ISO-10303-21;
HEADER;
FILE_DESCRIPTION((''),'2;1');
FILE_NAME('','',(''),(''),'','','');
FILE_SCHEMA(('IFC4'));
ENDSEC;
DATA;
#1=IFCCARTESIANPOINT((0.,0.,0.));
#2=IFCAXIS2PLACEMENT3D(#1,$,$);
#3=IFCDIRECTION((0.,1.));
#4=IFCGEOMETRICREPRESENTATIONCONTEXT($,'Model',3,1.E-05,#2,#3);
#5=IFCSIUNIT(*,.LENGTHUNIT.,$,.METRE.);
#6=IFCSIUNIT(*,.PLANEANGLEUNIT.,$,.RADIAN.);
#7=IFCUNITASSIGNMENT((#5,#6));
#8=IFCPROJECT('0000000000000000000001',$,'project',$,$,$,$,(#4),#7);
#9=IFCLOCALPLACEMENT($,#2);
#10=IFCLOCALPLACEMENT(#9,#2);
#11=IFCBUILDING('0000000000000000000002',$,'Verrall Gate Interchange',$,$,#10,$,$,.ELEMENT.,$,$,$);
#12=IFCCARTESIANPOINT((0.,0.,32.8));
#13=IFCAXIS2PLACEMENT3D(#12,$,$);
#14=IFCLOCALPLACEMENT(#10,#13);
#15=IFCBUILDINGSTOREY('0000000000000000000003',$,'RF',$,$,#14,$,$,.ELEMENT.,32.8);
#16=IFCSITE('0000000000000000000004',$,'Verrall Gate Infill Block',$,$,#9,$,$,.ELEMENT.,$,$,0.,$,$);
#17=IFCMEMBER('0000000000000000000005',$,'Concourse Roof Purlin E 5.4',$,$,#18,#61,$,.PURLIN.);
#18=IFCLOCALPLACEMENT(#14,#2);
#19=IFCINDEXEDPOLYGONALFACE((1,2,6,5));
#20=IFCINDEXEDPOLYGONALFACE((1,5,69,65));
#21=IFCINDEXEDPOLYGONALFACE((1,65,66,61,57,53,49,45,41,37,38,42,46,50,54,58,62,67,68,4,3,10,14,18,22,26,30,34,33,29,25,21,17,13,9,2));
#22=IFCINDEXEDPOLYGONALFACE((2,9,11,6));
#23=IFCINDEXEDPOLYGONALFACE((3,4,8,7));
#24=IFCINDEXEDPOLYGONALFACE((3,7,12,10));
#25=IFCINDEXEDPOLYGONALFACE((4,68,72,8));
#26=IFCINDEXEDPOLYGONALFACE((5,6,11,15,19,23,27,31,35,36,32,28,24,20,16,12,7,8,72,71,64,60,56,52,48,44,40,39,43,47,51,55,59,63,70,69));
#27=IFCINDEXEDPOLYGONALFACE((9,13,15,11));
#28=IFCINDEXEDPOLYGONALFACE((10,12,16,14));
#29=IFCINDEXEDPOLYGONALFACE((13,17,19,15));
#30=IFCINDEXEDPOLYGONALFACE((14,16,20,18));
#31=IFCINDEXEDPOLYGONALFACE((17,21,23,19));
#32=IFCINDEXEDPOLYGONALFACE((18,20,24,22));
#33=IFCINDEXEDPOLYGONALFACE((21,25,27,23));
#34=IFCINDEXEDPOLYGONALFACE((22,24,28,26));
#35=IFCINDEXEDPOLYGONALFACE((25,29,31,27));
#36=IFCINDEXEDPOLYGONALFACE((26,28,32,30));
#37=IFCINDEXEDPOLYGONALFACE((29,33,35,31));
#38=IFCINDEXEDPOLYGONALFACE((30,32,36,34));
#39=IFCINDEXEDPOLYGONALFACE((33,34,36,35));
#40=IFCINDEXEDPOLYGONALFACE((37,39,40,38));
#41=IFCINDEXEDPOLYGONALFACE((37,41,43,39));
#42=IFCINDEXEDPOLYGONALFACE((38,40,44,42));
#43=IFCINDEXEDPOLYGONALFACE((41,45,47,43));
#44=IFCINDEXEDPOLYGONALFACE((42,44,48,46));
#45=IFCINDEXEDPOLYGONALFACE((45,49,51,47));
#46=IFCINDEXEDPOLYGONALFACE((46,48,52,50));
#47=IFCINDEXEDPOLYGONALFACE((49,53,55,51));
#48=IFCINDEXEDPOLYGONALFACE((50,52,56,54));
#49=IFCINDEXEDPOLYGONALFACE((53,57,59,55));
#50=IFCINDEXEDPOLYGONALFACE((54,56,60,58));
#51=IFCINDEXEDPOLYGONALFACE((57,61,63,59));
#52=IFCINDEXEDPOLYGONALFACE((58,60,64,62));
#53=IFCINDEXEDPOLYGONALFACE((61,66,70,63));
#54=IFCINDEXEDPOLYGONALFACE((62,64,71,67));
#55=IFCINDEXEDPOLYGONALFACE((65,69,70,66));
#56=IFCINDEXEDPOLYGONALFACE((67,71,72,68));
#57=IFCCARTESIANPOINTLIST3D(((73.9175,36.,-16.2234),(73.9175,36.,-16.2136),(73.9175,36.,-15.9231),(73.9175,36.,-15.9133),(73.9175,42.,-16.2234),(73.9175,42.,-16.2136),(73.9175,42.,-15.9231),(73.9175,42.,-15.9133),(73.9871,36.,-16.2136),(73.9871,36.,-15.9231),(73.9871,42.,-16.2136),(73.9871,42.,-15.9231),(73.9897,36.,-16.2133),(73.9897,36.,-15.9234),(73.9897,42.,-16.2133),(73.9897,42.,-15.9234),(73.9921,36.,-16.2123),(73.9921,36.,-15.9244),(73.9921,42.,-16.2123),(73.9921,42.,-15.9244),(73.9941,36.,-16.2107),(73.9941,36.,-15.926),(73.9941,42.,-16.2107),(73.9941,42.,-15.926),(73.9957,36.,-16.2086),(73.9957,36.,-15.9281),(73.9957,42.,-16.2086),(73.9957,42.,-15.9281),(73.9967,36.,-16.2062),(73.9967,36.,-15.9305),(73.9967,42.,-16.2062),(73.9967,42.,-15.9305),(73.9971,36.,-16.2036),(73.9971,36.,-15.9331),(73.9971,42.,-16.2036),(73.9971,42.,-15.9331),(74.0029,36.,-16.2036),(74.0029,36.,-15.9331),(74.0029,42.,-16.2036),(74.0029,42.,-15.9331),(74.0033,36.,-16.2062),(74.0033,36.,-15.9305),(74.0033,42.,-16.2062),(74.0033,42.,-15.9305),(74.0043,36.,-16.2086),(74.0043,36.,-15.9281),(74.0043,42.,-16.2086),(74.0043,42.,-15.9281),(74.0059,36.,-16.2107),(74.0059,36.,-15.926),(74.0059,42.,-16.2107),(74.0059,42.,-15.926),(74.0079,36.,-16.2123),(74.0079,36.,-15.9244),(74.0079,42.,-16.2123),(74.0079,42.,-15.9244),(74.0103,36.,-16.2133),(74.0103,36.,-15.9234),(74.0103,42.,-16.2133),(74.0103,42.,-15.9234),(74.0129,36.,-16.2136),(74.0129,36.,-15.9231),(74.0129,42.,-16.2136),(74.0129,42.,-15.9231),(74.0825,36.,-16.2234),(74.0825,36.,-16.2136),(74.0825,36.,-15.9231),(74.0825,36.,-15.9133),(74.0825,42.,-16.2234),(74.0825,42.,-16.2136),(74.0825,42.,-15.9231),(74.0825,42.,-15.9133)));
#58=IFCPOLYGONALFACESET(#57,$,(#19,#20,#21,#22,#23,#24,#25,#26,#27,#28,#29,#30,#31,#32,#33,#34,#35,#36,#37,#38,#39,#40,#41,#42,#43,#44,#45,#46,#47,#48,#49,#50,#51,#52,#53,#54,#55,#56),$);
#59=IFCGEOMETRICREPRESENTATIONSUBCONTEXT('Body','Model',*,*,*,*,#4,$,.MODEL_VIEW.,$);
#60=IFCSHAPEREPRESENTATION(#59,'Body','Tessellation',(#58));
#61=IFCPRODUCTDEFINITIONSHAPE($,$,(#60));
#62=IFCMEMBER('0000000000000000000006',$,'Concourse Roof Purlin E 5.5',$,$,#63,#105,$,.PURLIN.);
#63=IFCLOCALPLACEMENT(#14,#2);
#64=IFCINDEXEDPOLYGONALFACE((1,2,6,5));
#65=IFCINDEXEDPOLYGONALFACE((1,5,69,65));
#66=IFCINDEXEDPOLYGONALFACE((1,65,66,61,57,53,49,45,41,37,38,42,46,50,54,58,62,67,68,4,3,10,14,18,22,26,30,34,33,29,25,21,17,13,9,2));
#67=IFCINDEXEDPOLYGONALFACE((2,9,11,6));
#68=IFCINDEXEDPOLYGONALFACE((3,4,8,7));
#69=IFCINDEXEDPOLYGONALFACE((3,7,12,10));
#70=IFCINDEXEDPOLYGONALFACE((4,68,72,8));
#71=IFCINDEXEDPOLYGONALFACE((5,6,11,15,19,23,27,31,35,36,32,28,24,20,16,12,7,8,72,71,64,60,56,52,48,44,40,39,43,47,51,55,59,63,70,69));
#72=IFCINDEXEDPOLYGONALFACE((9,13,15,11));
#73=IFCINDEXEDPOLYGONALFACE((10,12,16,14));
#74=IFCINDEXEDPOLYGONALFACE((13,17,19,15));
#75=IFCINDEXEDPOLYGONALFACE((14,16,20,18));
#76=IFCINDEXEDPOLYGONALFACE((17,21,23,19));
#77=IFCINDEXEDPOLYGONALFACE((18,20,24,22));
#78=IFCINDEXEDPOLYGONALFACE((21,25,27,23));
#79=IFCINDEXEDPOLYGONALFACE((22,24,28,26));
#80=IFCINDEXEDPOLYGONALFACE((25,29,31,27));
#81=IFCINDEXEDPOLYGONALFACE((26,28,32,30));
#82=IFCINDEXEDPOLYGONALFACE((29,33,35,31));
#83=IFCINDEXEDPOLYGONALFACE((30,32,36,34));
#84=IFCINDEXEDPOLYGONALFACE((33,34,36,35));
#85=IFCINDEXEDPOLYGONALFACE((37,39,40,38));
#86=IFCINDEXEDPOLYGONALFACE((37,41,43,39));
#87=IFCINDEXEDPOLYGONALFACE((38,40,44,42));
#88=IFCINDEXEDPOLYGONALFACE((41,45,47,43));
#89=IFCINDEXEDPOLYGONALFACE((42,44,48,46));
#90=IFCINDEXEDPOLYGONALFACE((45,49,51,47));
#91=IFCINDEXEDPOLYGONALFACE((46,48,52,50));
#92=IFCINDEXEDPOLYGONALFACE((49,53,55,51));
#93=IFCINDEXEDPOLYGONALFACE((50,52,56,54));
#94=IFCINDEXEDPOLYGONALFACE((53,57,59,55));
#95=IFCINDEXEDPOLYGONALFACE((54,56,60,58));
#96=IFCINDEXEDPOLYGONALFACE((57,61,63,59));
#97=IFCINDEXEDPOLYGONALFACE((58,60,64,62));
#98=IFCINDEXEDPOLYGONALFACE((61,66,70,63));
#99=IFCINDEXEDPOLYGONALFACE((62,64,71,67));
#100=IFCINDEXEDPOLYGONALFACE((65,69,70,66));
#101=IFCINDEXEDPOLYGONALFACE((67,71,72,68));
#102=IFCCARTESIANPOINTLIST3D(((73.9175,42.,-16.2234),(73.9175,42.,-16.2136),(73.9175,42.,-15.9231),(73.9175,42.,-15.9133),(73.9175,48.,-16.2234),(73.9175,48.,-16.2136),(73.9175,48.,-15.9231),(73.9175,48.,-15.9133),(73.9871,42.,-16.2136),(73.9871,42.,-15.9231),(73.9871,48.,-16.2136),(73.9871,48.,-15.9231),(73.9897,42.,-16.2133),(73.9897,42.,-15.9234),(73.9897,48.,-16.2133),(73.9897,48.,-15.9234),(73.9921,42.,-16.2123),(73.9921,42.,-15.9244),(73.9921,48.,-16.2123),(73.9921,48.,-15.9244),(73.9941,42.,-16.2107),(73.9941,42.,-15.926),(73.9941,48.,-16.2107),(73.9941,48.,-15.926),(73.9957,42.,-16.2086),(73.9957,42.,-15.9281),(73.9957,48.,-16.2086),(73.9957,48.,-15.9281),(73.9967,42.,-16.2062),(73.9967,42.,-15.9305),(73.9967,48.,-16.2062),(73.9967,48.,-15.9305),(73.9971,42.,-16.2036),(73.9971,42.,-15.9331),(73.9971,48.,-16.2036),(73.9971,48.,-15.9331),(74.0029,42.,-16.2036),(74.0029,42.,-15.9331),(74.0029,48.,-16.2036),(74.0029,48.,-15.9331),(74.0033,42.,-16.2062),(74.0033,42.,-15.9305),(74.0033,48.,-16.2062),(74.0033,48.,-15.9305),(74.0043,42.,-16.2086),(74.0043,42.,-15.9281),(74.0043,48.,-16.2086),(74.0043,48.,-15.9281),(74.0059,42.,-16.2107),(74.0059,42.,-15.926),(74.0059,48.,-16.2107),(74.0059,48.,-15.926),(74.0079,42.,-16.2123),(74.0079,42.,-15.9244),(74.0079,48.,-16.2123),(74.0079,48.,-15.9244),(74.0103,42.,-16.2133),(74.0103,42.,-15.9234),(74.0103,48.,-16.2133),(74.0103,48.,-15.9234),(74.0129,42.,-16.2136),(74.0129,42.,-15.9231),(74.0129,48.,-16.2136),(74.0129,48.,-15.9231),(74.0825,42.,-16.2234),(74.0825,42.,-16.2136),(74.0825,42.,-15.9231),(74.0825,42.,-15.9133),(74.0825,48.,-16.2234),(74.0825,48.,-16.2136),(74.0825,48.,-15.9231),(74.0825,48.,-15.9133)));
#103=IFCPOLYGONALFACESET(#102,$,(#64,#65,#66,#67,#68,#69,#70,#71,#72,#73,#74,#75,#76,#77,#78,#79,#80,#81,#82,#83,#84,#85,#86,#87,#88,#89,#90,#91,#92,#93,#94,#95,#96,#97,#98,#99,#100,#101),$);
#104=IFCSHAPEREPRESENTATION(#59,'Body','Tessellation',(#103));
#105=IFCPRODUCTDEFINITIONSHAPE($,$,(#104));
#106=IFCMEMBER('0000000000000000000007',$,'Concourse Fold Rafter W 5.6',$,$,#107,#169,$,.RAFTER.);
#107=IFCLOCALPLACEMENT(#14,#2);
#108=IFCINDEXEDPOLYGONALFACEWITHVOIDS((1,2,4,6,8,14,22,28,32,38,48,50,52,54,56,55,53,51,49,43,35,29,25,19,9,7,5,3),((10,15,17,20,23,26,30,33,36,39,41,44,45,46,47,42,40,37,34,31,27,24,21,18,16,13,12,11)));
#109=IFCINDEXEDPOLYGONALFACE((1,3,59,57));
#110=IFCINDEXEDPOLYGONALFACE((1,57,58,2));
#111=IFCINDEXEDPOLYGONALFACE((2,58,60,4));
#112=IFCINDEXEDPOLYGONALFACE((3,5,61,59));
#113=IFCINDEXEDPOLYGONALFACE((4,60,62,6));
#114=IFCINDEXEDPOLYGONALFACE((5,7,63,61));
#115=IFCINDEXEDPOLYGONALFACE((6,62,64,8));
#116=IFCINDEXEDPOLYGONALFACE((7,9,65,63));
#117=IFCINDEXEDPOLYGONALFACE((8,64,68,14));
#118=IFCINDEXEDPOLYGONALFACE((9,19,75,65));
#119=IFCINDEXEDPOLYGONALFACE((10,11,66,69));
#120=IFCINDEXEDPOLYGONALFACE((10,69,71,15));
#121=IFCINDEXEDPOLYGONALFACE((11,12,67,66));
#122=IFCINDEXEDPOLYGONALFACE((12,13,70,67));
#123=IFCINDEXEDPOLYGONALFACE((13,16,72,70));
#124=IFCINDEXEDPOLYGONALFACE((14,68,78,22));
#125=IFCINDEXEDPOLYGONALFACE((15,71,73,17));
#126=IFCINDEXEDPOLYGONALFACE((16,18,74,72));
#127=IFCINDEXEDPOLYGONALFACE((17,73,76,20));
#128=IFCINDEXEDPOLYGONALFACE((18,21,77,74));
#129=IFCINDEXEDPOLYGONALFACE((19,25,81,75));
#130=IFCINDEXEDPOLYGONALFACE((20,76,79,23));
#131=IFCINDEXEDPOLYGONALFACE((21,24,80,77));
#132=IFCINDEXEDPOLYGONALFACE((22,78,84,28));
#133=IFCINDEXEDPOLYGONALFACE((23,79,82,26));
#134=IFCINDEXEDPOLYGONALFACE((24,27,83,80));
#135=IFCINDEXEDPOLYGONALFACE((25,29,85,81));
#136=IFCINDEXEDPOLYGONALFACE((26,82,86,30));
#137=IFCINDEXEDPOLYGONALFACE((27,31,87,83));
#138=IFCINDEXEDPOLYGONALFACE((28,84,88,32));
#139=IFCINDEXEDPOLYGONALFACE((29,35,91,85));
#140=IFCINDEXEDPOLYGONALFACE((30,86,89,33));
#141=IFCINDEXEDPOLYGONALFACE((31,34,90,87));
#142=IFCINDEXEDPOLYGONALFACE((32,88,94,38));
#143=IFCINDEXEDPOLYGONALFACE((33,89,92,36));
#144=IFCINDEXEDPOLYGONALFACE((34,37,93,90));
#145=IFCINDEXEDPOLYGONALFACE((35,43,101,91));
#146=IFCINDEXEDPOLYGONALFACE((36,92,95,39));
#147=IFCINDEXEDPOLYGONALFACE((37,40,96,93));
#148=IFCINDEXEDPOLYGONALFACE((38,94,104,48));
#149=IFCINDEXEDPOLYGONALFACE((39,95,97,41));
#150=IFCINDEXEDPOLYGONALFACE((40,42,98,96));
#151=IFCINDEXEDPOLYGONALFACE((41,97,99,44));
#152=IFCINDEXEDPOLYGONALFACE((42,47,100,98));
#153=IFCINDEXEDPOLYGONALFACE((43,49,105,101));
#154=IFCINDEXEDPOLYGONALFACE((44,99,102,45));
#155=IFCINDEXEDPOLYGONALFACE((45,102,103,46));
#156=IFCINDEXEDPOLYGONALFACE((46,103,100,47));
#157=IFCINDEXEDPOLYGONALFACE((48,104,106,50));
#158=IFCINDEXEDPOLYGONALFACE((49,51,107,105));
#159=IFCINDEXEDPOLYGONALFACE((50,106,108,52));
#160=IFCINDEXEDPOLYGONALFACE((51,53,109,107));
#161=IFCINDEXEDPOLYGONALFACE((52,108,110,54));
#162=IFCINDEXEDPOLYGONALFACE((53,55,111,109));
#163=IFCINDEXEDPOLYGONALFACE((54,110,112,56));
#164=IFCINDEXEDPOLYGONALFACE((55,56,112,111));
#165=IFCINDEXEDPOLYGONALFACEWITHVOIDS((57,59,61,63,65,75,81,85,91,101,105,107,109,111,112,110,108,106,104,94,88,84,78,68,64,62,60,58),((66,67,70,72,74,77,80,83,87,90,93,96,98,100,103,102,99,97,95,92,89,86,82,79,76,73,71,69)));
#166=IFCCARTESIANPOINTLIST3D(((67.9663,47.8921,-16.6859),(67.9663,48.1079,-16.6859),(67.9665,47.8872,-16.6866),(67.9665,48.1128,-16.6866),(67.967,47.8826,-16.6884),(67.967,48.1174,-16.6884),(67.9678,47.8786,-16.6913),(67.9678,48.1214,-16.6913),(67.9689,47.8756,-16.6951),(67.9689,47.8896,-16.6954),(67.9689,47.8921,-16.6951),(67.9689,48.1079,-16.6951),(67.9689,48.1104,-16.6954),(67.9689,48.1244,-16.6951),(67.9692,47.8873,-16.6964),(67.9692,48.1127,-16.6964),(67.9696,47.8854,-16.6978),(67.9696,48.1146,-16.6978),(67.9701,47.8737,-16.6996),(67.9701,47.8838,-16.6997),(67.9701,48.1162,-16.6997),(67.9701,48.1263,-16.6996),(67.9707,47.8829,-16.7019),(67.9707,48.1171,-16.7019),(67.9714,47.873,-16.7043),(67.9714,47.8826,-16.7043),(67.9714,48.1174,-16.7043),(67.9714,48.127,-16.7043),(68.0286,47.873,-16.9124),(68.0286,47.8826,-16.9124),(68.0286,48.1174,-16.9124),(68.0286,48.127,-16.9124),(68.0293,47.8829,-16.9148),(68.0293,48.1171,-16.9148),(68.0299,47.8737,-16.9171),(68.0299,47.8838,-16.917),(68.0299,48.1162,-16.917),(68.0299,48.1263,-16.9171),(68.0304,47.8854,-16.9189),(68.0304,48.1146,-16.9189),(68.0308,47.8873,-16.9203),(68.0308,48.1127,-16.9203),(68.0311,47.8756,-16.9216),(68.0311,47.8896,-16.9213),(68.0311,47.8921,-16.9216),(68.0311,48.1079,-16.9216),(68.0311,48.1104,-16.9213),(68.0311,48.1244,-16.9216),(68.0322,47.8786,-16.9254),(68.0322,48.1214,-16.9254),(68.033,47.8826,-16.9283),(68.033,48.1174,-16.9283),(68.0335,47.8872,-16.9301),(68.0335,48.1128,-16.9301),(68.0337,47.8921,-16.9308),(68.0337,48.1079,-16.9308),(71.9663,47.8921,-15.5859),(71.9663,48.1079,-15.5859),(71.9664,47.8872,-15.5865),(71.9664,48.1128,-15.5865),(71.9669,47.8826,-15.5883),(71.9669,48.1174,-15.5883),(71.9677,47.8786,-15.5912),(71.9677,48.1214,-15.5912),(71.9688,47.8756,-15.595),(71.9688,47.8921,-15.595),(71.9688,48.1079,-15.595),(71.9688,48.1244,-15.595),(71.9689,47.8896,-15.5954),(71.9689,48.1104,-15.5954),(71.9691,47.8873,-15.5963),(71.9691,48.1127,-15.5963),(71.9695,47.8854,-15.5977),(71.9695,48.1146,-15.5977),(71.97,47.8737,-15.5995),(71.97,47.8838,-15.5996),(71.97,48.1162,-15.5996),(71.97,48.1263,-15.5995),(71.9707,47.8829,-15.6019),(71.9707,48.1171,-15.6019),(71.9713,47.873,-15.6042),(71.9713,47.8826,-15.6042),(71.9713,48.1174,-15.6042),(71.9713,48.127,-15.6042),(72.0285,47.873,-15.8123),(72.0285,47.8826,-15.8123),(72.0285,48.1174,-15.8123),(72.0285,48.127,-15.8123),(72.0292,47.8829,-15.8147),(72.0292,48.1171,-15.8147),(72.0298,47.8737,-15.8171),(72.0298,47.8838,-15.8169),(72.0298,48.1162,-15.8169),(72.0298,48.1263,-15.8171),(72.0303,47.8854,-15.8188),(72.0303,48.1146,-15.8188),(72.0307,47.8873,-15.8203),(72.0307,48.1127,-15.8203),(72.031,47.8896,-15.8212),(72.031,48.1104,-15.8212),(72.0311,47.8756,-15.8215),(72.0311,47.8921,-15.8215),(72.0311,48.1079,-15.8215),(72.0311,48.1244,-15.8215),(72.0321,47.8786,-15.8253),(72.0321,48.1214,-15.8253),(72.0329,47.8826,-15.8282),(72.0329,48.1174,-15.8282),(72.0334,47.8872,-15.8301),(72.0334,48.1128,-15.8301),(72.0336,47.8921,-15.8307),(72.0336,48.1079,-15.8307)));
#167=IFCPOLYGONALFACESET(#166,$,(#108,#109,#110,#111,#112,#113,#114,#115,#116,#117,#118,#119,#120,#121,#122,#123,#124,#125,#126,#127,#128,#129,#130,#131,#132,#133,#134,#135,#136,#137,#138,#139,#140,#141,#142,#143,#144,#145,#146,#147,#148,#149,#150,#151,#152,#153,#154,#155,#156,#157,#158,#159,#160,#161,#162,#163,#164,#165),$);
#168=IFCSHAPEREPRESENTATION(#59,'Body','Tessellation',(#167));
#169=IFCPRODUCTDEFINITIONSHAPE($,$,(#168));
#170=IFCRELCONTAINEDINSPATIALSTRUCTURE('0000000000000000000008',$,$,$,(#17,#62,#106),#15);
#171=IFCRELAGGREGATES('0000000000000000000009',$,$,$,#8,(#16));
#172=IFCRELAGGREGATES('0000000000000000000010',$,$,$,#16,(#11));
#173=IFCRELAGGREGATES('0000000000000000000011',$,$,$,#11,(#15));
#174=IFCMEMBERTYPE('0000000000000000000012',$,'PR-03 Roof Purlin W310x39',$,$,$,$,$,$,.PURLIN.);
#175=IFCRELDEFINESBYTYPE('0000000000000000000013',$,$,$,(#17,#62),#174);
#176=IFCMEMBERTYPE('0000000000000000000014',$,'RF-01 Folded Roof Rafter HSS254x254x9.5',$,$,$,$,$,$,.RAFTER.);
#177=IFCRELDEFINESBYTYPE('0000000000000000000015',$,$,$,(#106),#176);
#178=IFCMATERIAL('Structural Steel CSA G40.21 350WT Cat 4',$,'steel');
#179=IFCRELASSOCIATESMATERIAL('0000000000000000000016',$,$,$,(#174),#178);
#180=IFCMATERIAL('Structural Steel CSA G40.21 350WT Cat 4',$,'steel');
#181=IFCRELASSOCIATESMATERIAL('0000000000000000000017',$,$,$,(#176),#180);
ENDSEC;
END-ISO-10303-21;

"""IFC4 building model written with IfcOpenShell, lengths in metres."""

from ifc_helpers import new_model, si_unit, direction, frame, origin, origin_2d, place, context, subcontext, project, spatial, hollow_rectangle, i_section, extrude, material, material_profile, profile_set, type_object, element, save


model = new_model("IFC4")

# Units and contexts
model_context = context("Model", 3, precision=1e-05, world=origin(), true_north=direction((0.0, 1.0)))
body_context = subcontext(model_context, "Body", "Model", "MODEL_VIEW")
ifc_project = project(units=[si_unit("LENGTHUNIT", "METRE"), si_unit("PLANEANGLEUNIT", "RADIAN")], contexts=[model_context])

# Site, building, storey
site_placement = place(None, origin())
site = spatial("IfcSite", under=ifc_project, at=site_placement, Name="Verrall Gate Infill Block", CompositionType="ELEMENT", RefElevation=0.0)
building_placement = place(site_placement, origin())
building = spatial("IfcBuilding", under=site, at=building_placement, Name="Verrall Gate Interchange", CompositionType="ELEMENT")
storey_placement = place(building_placement, frame((0.0, 0.0, 32.8)))
storey = spatial("IfcBuildingStorey", under=building, at=storey_placement, Name="RF", CompositionType="ELEMENT", Elevation=32.8)

# Members
ifc_material_1 = material(Name="Structural Steel CSA G40.21 350WT Cat 4", Category="steel")
ifc_material_profile_1 = material_profile(ifc_material_1, i_section(OverallWidth=0.165, OverallDepth=0.3101, WebThickness=0.0059, FlangeThickness=0.0098, FilletRadius=0.01, at=origin_2d()), Name="W310x39")
ifc_profile_set_1 = profile_set([ifc_material_profile_1], Name="Structural Steel CSA G40.21 350WT Cat 4")
member_type_1 = type_object("IfcMemberType", Name="PR-03 Roof Purlin W310x39", PredefinedType="PURLIN", material=ifc_profile_set_1)
for number, where, z_axis, x_axis, name in (
    (1, (74.0, 36.0, -16.0684), (0.0, 1.0, 0.0), (-1.0, 0.0, 0.0), "Concourse Roof Purlin E 5.4"),
    (2, (74.0, 42.0, -16.0684), (0.0, 1.0, 0.0), (-1.0, 0.0, 0.0), "Concourse Roof Purlin E 5.5"),
):
    element("IfcMember", number, at=place(storey_placement, frame(where, z_axis=z_axis, x_axis=x_axis)), inside=storey, type_object=member_type_1, Name=name, PredefinedType="PURLIN", context=body_context, shape_type="SweptSolid", body=[
        extrude(i_section(OverallWidth=0.165, OverallDepth=0.3101, WebThickness=0.0059, FlangeThickness=0.0098, FilletRadius=0.01, at=origin_2d()), origin(), (0.0, 0.0, 1.0), 6.0),
    ])
ifc_material_2 = material(Name="Structural Steel CSA G40.21 350WT Cat 4", Category="steel")
ifc_material_profile_2 = material_profile(ifc_material_2, hollow_rectangle(XDim=0.2539, YDim=0.2539, WallThickness=0.0095, InnerFilletRadius=0.0095, OuterFilletRadius=0.019, at=origin_2d()), Name="HSS254x254x9.5")
ifc_profile_set_2 = profile_set([ifc_material_profile_2], Name="Structural Steel CSA G40.21 350WT Cat 4")
member_type_2 = type_object("IfcMemberType", Name="RF-01 Folded Roof Rafter HSS254x254x9.5", PredefinedType="RAFTER", material=ifc_profile_set_2)
for number, where, z_axis, x_axis, name in (
    (3, (68.0, 48.0, -16.8083), (0.964199, 0.0, 0.265178), (0.0, 1.0, 0.0), "Concourse Fold Rafter W 5.6"),
):
    element("IfcMember", number, at=place(storey_placement, frame(where, z_axis=z_axis, x_axis=x_axis)), inside=storey, type_object=member_type_2, Name=name, PredefinedType="RAFTER", context=body_context, shape_type="SweptSolid", body=[
        extrude(hollow_rectangle(XDim=0.2539, YDim=0.2539, WallThickness=0.0095, InnerFilletRadius=0.0095, OuterFilletRadius=0.019, at=origin_2d()), origin(), (0.0, 0.0, 1.0), 4.1484),
    ])

save(model, "model.ifc")
